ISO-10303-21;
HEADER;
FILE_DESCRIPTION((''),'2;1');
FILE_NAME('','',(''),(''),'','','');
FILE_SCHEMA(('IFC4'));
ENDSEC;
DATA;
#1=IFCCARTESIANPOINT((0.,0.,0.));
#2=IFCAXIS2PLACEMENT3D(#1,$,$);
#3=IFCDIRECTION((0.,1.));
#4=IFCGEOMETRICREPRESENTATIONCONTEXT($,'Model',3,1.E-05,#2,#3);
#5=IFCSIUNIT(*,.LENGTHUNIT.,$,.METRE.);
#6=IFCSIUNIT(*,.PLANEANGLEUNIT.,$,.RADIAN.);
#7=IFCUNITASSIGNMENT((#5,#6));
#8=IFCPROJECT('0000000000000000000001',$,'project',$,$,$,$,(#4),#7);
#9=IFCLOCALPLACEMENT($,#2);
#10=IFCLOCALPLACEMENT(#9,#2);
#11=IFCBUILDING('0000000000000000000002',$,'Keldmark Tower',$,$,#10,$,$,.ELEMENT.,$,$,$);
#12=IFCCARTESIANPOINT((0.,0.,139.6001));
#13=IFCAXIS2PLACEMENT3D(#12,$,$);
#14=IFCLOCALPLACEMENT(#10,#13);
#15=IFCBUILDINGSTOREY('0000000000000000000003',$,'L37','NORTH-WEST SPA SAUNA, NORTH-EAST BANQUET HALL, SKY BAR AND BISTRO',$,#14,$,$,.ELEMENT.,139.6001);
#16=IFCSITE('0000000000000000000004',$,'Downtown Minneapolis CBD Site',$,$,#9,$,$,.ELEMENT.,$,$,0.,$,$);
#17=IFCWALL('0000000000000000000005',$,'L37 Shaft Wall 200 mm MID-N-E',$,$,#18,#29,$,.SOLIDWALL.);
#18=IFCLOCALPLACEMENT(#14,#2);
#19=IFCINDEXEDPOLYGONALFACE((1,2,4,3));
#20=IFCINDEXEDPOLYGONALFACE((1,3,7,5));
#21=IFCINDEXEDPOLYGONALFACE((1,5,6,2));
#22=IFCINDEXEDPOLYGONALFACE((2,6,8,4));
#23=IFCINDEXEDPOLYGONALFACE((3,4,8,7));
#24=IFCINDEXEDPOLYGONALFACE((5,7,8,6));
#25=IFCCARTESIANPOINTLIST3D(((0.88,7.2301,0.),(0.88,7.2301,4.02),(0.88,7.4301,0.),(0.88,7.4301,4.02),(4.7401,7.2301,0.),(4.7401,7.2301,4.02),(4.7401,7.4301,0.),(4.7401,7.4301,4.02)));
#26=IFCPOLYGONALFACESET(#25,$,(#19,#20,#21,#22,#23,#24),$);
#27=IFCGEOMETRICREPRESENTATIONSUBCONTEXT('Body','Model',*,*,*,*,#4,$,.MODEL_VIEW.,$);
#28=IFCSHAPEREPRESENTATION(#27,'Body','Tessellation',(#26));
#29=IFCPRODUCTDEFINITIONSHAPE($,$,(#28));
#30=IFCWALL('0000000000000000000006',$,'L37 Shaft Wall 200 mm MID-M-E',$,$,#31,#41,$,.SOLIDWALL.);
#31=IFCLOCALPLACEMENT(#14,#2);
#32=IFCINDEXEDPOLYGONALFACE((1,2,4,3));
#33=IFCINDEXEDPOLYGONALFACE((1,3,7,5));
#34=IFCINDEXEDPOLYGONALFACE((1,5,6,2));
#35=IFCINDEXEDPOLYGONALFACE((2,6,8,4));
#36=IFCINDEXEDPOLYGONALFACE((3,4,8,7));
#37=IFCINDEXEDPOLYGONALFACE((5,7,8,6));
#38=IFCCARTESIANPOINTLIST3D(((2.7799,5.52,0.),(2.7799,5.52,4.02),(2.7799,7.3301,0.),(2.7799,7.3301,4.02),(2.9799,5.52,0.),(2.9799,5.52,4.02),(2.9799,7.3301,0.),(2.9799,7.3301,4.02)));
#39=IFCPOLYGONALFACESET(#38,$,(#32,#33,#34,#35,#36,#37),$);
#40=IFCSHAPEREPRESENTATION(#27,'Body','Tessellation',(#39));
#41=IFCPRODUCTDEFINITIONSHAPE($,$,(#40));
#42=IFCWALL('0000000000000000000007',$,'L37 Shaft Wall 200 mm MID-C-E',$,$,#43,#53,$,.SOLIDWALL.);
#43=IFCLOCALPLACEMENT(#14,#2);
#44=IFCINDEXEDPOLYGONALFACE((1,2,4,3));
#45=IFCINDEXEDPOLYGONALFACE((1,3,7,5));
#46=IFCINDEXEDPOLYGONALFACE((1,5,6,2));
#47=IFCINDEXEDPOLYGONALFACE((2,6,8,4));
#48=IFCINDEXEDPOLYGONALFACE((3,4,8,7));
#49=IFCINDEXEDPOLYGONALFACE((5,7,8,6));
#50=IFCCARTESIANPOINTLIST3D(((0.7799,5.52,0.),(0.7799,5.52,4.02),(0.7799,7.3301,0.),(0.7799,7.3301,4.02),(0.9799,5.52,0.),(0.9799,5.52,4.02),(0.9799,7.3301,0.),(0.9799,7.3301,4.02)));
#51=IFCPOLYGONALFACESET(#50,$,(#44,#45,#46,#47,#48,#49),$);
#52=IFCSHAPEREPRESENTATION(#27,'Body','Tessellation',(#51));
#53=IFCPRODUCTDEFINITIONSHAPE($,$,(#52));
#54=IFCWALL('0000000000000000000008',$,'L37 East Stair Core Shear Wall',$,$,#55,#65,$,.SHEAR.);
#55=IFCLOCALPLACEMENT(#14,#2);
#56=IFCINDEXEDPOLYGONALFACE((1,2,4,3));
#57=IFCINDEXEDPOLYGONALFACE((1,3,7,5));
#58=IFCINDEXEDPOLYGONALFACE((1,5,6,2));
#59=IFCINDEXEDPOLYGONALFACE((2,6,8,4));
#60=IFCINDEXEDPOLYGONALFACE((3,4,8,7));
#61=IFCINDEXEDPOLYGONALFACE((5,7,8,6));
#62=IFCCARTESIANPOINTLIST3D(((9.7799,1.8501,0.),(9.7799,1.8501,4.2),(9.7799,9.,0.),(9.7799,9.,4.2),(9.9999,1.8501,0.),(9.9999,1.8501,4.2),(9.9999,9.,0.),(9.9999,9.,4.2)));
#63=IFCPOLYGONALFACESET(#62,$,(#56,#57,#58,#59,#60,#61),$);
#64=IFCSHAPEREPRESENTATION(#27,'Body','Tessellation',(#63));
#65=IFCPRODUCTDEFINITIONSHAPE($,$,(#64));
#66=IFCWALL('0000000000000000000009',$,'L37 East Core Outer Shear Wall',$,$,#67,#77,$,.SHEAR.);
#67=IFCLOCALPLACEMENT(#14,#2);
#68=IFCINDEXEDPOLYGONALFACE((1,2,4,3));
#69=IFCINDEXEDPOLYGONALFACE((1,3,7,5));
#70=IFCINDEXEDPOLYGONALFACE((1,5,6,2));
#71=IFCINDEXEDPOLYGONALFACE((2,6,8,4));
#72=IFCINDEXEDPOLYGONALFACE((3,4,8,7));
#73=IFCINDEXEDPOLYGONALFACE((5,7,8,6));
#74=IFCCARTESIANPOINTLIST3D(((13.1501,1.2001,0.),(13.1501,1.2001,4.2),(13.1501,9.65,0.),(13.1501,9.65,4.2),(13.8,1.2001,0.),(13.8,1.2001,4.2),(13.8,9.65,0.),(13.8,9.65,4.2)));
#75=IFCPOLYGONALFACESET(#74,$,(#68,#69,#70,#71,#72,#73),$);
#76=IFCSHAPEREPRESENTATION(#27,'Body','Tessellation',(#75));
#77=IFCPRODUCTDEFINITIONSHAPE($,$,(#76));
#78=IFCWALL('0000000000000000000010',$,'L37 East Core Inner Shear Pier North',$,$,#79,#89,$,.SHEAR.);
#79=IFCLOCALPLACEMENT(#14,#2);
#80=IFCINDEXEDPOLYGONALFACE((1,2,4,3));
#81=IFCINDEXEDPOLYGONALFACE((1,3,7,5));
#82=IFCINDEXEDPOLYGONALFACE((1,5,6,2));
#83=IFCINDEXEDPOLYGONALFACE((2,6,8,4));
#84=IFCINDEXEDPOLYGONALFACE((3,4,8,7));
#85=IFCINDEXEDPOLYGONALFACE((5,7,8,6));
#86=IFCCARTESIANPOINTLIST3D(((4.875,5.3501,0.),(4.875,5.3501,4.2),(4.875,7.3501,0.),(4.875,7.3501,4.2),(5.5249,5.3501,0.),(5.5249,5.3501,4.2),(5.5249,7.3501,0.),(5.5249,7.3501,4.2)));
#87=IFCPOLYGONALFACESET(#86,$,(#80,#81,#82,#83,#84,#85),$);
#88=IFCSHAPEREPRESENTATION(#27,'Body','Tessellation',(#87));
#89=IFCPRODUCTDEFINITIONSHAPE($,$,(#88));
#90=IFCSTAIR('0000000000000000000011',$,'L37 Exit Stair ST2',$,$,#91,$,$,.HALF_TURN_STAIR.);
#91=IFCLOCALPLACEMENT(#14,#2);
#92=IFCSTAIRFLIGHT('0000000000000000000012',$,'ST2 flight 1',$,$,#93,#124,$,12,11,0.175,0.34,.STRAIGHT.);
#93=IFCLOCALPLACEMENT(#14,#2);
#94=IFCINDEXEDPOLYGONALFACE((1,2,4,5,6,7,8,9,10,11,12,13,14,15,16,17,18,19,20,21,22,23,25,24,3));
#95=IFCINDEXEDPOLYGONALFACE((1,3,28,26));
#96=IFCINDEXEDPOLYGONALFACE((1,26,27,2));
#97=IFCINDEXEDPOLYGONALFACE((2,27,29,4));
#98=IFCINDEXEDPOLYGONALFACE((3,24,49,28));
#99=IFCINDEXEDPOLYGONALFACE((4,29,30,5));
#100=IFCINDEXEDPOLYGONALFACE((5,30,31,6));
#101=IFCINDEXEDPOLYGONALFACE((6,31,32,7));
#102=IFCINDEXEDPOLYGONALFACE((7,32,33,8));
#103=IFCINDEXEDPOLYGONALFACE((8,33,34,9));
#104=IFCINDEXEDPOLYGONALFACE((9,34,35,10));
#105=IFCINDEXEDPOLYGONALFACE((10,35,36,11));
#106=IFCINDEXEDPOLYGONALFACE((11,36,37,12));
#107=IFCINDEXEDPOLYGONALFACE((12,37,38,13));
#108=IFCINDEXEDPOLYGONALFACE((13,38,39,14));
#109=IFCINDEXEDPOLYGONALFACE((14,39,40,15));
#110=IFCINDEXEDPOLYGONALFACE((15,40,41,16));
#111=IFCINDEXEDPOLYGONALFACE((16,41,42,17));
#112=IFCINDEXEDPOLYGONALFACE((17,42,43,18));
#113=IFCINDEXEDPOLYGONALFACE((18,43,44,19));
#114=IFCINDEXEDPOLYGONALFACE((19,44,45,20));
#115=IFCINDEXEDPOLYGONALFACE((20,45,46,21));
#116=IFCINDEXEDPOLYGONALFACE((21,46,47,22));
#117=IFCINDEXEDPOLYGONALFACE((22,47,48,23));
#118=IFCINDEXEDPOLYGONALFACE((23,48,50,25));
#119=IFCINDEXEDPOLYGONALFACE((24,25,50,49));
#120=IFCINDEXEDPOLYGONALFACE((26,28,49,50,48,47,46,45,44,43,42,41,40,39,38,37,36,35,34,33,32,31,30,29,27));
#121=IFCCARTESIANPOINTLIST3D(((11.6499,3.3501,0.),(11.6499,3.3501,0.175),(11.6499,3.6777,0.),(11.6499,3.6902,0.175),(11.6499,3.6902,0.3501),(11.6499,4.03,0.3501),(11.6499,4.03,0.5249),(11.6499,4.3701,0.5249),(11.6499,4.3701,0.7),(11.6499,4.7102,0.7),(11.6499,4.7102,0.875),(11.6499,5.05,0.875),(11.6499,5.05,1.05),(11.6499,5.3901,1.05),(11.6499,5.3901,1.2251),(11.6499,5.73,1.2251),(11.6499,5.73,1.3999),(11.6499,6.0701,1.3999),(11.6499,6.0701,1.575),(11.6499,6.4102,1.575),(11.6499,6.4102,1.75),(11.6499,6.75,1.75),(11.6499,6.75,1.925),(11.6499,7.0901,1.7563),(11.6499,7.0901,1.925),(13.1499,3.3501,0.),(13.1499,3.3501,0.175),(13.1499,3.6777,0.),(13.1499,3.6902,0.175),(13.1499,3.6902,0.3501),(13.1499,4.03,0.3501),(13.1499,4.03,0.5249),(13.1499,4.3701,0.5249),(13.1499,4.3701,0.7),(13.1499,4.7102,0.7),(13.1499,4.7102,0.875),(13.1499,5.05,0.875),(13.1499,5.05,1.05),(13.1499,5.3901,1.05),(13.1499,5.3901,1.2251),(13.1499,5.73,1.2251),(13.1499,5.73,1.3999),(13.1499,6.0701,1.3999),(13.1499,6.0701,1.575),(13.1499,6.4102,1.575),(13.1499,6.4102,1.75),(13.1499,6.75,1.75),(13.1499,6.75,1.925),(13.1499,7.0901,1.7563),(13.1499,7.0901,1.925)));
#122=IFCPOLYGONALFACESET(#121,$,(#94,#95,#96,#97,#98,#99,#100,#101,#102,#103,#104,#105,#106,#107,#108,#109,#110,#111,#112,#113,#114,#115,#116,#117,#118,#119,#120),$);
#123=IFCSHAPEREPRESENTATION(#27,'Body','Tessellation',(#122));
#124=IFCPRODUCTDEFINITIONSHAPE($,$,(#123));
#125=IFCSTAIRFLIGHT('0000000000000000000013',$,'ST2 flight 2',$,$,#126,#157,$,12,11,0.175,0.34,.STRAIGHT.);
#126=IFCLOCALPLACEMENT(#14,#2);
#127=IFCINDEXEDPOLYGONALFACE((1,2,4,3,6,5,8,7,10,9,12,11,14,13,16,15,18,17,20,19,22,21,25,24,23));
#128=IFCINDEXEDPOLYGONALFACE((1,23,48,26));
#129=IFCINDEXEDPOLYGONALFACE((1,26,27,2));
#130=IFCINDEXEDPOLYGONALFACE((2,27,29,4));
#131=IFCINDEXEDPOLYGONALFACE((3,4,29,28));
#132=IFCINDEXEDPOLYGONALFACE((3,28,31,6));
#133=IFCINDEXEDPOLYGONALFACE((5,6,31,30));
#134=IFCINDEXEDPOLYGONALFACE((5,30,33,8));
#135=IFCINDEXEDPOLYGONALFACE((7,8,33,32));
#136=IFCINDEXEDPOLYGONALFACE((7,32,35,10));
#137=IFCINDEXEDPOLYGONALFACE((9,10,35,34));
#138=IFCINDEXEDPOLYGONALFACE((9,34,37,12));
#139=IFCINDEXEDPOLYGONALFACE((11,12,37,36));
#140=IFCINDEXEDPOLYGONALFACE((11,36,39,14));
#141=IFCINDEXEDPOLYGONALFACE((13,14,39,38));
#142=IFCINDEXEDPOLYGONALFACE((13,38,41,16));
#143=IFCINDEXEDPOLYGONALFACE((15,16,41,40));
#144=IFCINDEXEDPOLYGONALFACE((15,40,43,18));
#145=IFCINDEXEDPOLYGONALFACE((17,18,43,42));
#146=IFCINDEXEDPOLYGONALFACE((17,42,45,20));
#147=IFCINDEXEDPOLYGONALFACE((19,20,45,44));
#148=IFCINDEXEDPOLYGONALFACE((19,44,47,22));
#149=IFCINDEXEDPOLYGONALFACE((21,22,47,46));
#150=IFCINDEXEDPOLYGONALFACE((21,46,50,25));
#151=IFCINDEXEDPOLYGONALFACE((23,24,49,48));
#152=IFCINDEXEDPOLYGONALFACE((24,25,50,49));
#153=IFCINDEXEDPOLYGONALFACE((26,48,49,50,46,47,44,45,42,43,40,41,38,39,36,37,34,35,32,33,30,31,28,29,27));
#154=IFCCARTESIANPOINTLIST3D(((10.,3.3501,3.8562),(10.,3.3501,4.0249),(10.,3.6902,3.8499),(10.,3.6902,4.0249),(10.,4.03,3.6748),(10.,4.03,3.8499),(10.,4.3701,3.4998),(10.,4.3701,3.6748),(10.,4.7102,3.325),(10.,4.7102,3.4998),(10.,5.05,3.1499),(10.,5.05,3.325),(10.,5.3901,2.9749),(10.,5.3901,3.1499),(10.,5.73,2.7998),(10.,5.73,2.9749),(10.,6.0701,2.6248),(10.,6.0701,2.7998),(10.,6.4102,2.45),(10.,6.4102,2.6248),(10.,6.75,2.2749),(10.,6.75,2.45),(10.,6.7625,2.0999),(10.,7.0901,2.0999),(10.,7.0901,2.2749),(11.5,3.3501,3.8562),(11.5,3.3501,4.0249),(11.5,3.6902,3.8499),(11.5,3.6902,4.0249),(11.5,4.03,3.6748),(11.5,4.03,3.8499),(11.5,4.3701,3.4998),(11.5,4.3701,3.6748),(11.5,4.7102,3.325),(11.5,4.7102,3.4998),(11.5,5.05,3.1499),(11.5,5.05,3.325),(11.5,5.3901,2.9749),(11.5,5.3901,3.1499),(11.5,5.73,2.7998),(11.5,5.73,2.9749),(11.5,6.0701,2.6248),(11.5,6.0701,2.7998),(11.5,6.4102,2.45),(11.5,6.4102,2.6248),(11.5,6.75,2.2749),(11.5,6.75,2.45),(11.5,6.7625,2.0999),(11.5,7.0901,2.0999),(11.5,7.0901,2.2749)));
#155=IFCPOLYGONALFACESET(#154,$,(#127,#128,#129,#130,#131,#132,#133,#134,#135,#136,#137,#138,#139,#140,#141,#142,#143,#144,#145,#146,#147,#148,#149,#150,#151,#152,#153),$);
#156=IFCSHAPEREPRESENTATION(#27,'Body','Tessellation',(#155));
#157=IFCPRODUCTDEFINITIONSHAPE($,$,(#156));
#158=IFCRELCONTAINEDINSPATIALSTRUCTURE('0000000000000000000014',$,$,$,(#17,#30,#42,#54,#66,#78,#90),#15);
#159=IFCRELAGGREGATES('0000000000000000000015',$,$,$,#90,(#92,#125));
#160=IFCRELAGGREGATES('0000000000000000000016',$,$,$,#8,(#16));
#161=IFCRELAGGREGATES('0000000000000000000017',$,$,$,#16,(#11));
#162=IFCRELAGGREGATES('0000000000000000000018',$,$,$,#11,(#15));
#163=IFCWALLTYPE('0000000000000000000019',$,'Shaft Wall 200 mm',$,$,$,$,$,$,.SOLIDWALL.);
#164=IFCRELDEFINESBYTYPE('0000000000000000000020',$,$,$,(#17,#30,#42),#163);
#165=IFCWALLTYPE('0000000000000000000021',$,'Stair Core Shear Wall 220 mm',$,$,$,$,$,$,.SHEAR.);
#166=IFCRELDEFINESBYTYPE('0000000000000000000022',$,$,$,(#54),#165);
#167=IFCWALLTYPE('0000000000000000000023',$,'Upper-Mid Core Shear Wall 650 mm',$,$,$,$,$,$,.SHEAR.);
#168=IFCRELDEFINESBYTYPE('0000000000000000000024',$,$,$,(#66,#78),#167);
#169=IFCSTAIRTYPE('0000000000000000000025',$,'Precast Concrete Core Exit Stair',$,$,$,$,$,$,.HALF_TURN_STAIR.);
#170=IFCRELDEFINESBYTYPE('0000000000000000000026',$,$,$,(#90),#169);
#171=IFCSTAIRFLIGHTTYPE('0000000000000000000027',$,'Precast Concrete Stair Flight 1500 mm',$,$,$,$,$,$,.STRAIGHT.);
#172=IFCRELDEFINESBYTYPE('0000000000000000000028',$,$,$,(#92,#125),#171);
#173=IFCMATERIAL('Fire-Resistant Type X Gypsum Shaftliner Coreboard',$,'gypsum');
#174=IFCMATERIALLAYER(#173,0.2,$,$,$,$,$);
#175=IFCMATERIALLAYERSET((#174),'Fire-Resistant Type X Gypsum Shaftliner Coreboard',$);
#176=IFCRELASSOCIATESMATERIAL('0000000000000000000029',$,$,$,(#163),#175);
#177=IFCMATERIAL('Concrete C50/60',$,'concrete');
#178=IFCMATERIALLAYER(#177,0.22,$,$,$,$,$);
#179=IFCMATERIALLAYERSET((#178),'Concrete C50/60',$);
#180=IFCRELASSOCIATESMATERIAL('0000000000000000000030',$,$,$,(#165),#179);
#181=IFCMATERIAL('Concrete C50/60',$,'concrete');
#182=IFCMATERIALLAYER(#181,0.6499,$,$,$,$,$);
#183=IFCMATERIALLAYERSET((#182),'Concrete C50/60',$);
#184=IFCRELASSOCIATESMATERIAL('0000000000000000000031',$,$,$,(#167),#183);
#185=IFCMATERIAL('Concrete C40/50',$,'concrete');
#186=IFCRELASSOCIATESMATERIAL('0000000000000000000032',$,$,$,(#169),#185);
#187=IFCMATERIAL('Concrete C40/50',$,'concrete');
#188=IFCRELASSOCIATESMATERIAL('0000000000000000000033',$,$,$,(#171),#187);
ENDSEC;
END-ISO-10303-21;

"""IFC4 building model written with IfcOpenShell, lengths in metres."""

from ifc_helpers import new_model, si_unit, direction, frame, frame_2d, origin, place, context, subcontext, project, spatial, polyline, rectangle, outline, extrude, material, layer, layer_set, type_object, element, aggregate, save


model = new_model("IFC4")

# Units and contexts
model_context = context("Model", 3, precision=1e-05, world=origin(), true_north=direction((0.0, 1.0)))
body_context = subcontext(model_context, "Body", "Model", "MODEL_VIEW")
ifc_project = project(units=[si_unit("LENGTHUNIT", "METRE"), si_unit("PLANEANGLEUNIT", "RADIAN")], contexts=[model_context])

# Site, building, storey
site_placement = place(None, origin())
site = spatial("IfcSite", under=ifc_project, at=site_placement, Name="Downtown Minneapolis CBD Site", CompositionType="ELEMENT", RefElevation=0.0)
building_placement = place(site_placement, origin())
building = spatial("IfcBuilding", under=site, at=building_placement, Name="Keldmark Tower", CompositionType="ELEMENT")
storey_placement = place(building_placement, frame((0.0, 0.0, 139.6001)))
storey = spatial("IfcBuildingStorey", under=building, at=storey_placement, Name="L37", Description="NORTH-WEST SPA SAUNA, NORTH-EAST BANQUET HALL, SKY BAR AND BISTRO", CompositionType="ELEMENT", Elevation=139.6001)

# Shared definitions
ifc_material_1 = material(Name="Fire-Resistant Type X Gypsum Shaftliner Coreboard", Category="gypsum")
ifc_layer_1 = layer(ifc_material_1, 0.2)
ifc_layer_set_1 = layer_set([ifc_layer_1], Name="Fire-Resistant Type X Gypsum Shaftliner Coreboard")
wall_type_1 = type_object("IfcWallType", Name="Shaft Wall 200 mm", PredefinedType="SOLIDWALL", material=ifc_layer_set_1)

# Walls
wall_1_placement = place(storey_placement, frame((0.8799, 7.3301, 0.0), z_axis=(0.0, 0.0, 1.0), x_axis=(1.0, 0.0, 0.0)))
element("IfcWall", 1, at=wall_1_placement, inside=storey, type_object=wall_type_1, Name="L37 Shaft Wall 200 mm MID-N-E", PredefinedType="SOLIDWALL", context=body_context, shape_type="SweptSolid", body=[
    extrude(rectangle(XDim=3.8601, YDim=0.2, at=frame_2d((1.9302, 0.0))), origin(), (0.0, 0.0, 1.0), 4.02),
])
for number, where, z_axis, x_axis, name in (
    (2, (2.8799, 5.52, 0.0), (0.0, 0.0, 1.0), (0.0, 1.0, 0.0), "L37 Shaft Wall 200 mm MID-M-E"),
    (3, (0.8799, 5.52, 0.0), (0.0, 0.0, 1.0), (0.0, 1.0, 0.0), "L37 Shaft Wall 200 mm MID-C-E"),
):
    element("IfcWall", number, at=place(storey_placement, frame(where, z_axis=z_axis, x_axis=x_axis)), inside=storey, type_object=wall_type_1, Name=name, PredefinedType="SOLIDWALL", context=body_context, shape_type="SweptSolid", body=[
        extrude(rectangle(XDim=1.8101, YDim=0.2, at=frame_2d((0.905, 0.0))), origin(), (0.0, 0.0, 1.0), 4.02),
    ])
ifc_material_2 = material(Name="Concrete C50/60", Category="concrete")
ifc_layer_2 = layer(ifc_material_2, 0.22)
ifc_layer_set_2 = layer_set([ifc_layer_2], Name="Concrete C50/60")
wall_type_2 = type_object("IfcWallType", Name="Stair Core Shear Wall 220 mm", PredefinedType="SHEAR", material=ifc_layer_set_2)
wall_2_placement = place(storey_placement, frame((9.8899, 1.8501, 0.0), z_axis=(0.0, 0.0, 1.0), x_axis=(0.0, 1.0, 0.0)))
element("IfcWall", 4, at=wall_2_placement, inside=storey, type_object=wall_type_2, Name="L37 East Stair Core Shear Wall", PredefinedType="SHEAR", context=body_context, shape_type="SweptSolid", body=[
    extrude(rectangle(XDim=7.1499, YDim=0.22, at=frame_2d((3.575, 0.0))), origin(), (0.0, 0.0, 1.0), 4.2),
])
ifc_material_3 = material(Name="Concrete C50/60", Category="concrete")
ifc_layer_3 = layer(ifc_material_3, 0.6499)
ifc_layer_set_3 = layer_set([ifc_layer_3], Name="Concrete C50/60")
wall_type_3 = type_object("IfcWallType", Name="Upper-Mid Core Shear Wall 650 mm", PredefinedType="SHEAR", material=ifc_layer_set_3)
wall_3_placement = place(storey_placement, frame((13.4751, 1.2, 0.0), z_axis=(0.0, 0.0, 1.0), x_axis=(0.0, 1.0, 0.0)))
element("IfcWall", 5, at=wall_3_placement, inside=storey, type_object=wall_type_3, Name="L37 East Core Outer Shear Wall", PredefinedType="SHEAR", context=body_context, shape_type="SweptSolid", body=[
    extrude(rectangle(XDim=8.45, YDim=0.6499, at=frame_2d((4.2251, 0.0))), origin(), (0.0, 0.0, 1.0), 4.2),
])
wall_4_placement = place(storey_placement, frame((5.2, 5.3501, 0.0), z_axis=(0.0, 0.0, 1.0), x_axis=(0.0, 1.0, 0.0)))
element("IfcWall", 6, at=wall_4_placement, inside=storey, type_object=wall_type_3, Name="L37 East Core Inner Shear Pier North", PredefinedType="SHEAR", context=body_context, shape_type="SweptSolid", body=[
    extrude(rectangle(XDim=2.0, YDim=0.6499, at=frame_2d((1.0, 0.0))), origin(), (0.0, 0.0, 1.0), 4.2),
])

# Stair, stair flights
ifc_material_4 = material(Name="Concrete C40/50", Category="concrete")
stair_type = type_object("IfcStairType", Name="Precast Concrete Core Exit Stair", PredefinedType="HALF_TURN_STAIR", material=ifc_material_4)
stair_placement = place(storey_placement, origin())
stair = element("IfcStair", 7, at=stair_placement, inside=storey, type_object=stair_type, Name="L37 Exit Stair ST2", PredefinedType="HALF_TURN_STAIR")
ifc_material_5 = material(Name="Concrete C40/50", Category="concrete")
stair_flight_type = type_object("IfcStairFlightType", Name="Precast Concrete Stair Flight 1500 mm", PredefinedType="STRAIGHT", material=ifc_material_5)
stair_flight_1_placement = place(storey_placement, frame((12.3999, 3.3501, 0.0), z_axis=(0.0, 0.0, 1.0), x_axis=(0.0, 1.0, 0.0)))
stair_flight_1 = element("IfcStairFlight", 8, at=stair_flight_1_placement, type_object=stair_flight_type, Name="ST2 flight 1", NumberOfRisers=12, NumberOfTreads=11, PredefinedType="STRAIGHT", RiserHeight=0.175, TreadLength=0.34, context=body_context, shape_type="SweptSolid", body=[
    extrude(outline(polyline([(0.0, 0.0), (0.0, 0.175), (0.3401, 0.175), (0.3401, 0.3501), (0.6799, 0.3501), (0.6799, 0.5249), (1.02, 0.5249), (1.02, 0.7), (1.3601, 0.7), (1.3601, 0.875), (1.7, 0.875), (1.7, 1.05), (2.04, 1.05), (2.04, 1.2251), (2.3799, 1.2251), (2.3799, 1.3999), (2.72, 1.3999), (2.72, 1.575), (3.0601, 1.575), (3.0601, 1.75), (3.3999, 1.75), (3.3999, 1.925), (3.74, 1.925), (3.74, 2.1001), (3.74, 1.7563), (0.3276, 0.0), (0.0, 0.0)])), frame((0.0, 0.75, 0.0), z_axis=(0.0, -1.0, 0.0), x_axis=(1.0, 0.0, 0.0)), (0.0, 0.0, 1.0), 1.5),
])
stair_flight_2_placement = place(storey_placement, frame((10.75, 7.0901, 2.0999), z_axis=(0.0, 0.0, 1.0), x_axis=(0.0, -1.0, 0.0)))
stair_flight_2 = element("IfcStairFlight", 9, at=stair_flight_2_placement, type_object=stair_flight_type, Name="ST2 flight 2", NumberOfRisers=12, NumberOfTreads=11, PredefinedType="STRAIGHT", RiserHeight=0.175, TreadLength=0.34, context=body_context, shape_type="SweptSolid", body=[
    extrude(outline(polyline([(0.0, 0.0), (0.0, 0.175), (0.3401, 0.175), (0.3401, 0.3501), (0.6799, 0.3501), (0.6799, 0.5249), (1.02, 0.5249), (1.02, 0.7), (1.3601, 0.7), (1.3601, 0.875), (1.7, 0.875), (1.7, 1.05), (2.04, 1.05), (2.04, 1.2251), (2.3799, 1.2251), (2.3799, 1.3999), (2.72, 1.3999), (2.72, 1.575), (3.0601, 1.575), (3.0601, 1.75), (3.3999, 1.75), (3.3999, 1.925), (3.74, 1.925), (3.74, 2.1001), (3.74, 1.7563), (0.3276, 0.0), (0.0, 0.0)])), frame((0.0, 0.75, 0.0), z_axis=(0.0, -1.0, 0.0), x_axis=(1.0, 0.0, 0.0)), (0.0, 0.0, 1.0), 1.5),
])
aggregate(stair, [stair_flight_1, stair_flight_2])

save(model, "model.ifc")
